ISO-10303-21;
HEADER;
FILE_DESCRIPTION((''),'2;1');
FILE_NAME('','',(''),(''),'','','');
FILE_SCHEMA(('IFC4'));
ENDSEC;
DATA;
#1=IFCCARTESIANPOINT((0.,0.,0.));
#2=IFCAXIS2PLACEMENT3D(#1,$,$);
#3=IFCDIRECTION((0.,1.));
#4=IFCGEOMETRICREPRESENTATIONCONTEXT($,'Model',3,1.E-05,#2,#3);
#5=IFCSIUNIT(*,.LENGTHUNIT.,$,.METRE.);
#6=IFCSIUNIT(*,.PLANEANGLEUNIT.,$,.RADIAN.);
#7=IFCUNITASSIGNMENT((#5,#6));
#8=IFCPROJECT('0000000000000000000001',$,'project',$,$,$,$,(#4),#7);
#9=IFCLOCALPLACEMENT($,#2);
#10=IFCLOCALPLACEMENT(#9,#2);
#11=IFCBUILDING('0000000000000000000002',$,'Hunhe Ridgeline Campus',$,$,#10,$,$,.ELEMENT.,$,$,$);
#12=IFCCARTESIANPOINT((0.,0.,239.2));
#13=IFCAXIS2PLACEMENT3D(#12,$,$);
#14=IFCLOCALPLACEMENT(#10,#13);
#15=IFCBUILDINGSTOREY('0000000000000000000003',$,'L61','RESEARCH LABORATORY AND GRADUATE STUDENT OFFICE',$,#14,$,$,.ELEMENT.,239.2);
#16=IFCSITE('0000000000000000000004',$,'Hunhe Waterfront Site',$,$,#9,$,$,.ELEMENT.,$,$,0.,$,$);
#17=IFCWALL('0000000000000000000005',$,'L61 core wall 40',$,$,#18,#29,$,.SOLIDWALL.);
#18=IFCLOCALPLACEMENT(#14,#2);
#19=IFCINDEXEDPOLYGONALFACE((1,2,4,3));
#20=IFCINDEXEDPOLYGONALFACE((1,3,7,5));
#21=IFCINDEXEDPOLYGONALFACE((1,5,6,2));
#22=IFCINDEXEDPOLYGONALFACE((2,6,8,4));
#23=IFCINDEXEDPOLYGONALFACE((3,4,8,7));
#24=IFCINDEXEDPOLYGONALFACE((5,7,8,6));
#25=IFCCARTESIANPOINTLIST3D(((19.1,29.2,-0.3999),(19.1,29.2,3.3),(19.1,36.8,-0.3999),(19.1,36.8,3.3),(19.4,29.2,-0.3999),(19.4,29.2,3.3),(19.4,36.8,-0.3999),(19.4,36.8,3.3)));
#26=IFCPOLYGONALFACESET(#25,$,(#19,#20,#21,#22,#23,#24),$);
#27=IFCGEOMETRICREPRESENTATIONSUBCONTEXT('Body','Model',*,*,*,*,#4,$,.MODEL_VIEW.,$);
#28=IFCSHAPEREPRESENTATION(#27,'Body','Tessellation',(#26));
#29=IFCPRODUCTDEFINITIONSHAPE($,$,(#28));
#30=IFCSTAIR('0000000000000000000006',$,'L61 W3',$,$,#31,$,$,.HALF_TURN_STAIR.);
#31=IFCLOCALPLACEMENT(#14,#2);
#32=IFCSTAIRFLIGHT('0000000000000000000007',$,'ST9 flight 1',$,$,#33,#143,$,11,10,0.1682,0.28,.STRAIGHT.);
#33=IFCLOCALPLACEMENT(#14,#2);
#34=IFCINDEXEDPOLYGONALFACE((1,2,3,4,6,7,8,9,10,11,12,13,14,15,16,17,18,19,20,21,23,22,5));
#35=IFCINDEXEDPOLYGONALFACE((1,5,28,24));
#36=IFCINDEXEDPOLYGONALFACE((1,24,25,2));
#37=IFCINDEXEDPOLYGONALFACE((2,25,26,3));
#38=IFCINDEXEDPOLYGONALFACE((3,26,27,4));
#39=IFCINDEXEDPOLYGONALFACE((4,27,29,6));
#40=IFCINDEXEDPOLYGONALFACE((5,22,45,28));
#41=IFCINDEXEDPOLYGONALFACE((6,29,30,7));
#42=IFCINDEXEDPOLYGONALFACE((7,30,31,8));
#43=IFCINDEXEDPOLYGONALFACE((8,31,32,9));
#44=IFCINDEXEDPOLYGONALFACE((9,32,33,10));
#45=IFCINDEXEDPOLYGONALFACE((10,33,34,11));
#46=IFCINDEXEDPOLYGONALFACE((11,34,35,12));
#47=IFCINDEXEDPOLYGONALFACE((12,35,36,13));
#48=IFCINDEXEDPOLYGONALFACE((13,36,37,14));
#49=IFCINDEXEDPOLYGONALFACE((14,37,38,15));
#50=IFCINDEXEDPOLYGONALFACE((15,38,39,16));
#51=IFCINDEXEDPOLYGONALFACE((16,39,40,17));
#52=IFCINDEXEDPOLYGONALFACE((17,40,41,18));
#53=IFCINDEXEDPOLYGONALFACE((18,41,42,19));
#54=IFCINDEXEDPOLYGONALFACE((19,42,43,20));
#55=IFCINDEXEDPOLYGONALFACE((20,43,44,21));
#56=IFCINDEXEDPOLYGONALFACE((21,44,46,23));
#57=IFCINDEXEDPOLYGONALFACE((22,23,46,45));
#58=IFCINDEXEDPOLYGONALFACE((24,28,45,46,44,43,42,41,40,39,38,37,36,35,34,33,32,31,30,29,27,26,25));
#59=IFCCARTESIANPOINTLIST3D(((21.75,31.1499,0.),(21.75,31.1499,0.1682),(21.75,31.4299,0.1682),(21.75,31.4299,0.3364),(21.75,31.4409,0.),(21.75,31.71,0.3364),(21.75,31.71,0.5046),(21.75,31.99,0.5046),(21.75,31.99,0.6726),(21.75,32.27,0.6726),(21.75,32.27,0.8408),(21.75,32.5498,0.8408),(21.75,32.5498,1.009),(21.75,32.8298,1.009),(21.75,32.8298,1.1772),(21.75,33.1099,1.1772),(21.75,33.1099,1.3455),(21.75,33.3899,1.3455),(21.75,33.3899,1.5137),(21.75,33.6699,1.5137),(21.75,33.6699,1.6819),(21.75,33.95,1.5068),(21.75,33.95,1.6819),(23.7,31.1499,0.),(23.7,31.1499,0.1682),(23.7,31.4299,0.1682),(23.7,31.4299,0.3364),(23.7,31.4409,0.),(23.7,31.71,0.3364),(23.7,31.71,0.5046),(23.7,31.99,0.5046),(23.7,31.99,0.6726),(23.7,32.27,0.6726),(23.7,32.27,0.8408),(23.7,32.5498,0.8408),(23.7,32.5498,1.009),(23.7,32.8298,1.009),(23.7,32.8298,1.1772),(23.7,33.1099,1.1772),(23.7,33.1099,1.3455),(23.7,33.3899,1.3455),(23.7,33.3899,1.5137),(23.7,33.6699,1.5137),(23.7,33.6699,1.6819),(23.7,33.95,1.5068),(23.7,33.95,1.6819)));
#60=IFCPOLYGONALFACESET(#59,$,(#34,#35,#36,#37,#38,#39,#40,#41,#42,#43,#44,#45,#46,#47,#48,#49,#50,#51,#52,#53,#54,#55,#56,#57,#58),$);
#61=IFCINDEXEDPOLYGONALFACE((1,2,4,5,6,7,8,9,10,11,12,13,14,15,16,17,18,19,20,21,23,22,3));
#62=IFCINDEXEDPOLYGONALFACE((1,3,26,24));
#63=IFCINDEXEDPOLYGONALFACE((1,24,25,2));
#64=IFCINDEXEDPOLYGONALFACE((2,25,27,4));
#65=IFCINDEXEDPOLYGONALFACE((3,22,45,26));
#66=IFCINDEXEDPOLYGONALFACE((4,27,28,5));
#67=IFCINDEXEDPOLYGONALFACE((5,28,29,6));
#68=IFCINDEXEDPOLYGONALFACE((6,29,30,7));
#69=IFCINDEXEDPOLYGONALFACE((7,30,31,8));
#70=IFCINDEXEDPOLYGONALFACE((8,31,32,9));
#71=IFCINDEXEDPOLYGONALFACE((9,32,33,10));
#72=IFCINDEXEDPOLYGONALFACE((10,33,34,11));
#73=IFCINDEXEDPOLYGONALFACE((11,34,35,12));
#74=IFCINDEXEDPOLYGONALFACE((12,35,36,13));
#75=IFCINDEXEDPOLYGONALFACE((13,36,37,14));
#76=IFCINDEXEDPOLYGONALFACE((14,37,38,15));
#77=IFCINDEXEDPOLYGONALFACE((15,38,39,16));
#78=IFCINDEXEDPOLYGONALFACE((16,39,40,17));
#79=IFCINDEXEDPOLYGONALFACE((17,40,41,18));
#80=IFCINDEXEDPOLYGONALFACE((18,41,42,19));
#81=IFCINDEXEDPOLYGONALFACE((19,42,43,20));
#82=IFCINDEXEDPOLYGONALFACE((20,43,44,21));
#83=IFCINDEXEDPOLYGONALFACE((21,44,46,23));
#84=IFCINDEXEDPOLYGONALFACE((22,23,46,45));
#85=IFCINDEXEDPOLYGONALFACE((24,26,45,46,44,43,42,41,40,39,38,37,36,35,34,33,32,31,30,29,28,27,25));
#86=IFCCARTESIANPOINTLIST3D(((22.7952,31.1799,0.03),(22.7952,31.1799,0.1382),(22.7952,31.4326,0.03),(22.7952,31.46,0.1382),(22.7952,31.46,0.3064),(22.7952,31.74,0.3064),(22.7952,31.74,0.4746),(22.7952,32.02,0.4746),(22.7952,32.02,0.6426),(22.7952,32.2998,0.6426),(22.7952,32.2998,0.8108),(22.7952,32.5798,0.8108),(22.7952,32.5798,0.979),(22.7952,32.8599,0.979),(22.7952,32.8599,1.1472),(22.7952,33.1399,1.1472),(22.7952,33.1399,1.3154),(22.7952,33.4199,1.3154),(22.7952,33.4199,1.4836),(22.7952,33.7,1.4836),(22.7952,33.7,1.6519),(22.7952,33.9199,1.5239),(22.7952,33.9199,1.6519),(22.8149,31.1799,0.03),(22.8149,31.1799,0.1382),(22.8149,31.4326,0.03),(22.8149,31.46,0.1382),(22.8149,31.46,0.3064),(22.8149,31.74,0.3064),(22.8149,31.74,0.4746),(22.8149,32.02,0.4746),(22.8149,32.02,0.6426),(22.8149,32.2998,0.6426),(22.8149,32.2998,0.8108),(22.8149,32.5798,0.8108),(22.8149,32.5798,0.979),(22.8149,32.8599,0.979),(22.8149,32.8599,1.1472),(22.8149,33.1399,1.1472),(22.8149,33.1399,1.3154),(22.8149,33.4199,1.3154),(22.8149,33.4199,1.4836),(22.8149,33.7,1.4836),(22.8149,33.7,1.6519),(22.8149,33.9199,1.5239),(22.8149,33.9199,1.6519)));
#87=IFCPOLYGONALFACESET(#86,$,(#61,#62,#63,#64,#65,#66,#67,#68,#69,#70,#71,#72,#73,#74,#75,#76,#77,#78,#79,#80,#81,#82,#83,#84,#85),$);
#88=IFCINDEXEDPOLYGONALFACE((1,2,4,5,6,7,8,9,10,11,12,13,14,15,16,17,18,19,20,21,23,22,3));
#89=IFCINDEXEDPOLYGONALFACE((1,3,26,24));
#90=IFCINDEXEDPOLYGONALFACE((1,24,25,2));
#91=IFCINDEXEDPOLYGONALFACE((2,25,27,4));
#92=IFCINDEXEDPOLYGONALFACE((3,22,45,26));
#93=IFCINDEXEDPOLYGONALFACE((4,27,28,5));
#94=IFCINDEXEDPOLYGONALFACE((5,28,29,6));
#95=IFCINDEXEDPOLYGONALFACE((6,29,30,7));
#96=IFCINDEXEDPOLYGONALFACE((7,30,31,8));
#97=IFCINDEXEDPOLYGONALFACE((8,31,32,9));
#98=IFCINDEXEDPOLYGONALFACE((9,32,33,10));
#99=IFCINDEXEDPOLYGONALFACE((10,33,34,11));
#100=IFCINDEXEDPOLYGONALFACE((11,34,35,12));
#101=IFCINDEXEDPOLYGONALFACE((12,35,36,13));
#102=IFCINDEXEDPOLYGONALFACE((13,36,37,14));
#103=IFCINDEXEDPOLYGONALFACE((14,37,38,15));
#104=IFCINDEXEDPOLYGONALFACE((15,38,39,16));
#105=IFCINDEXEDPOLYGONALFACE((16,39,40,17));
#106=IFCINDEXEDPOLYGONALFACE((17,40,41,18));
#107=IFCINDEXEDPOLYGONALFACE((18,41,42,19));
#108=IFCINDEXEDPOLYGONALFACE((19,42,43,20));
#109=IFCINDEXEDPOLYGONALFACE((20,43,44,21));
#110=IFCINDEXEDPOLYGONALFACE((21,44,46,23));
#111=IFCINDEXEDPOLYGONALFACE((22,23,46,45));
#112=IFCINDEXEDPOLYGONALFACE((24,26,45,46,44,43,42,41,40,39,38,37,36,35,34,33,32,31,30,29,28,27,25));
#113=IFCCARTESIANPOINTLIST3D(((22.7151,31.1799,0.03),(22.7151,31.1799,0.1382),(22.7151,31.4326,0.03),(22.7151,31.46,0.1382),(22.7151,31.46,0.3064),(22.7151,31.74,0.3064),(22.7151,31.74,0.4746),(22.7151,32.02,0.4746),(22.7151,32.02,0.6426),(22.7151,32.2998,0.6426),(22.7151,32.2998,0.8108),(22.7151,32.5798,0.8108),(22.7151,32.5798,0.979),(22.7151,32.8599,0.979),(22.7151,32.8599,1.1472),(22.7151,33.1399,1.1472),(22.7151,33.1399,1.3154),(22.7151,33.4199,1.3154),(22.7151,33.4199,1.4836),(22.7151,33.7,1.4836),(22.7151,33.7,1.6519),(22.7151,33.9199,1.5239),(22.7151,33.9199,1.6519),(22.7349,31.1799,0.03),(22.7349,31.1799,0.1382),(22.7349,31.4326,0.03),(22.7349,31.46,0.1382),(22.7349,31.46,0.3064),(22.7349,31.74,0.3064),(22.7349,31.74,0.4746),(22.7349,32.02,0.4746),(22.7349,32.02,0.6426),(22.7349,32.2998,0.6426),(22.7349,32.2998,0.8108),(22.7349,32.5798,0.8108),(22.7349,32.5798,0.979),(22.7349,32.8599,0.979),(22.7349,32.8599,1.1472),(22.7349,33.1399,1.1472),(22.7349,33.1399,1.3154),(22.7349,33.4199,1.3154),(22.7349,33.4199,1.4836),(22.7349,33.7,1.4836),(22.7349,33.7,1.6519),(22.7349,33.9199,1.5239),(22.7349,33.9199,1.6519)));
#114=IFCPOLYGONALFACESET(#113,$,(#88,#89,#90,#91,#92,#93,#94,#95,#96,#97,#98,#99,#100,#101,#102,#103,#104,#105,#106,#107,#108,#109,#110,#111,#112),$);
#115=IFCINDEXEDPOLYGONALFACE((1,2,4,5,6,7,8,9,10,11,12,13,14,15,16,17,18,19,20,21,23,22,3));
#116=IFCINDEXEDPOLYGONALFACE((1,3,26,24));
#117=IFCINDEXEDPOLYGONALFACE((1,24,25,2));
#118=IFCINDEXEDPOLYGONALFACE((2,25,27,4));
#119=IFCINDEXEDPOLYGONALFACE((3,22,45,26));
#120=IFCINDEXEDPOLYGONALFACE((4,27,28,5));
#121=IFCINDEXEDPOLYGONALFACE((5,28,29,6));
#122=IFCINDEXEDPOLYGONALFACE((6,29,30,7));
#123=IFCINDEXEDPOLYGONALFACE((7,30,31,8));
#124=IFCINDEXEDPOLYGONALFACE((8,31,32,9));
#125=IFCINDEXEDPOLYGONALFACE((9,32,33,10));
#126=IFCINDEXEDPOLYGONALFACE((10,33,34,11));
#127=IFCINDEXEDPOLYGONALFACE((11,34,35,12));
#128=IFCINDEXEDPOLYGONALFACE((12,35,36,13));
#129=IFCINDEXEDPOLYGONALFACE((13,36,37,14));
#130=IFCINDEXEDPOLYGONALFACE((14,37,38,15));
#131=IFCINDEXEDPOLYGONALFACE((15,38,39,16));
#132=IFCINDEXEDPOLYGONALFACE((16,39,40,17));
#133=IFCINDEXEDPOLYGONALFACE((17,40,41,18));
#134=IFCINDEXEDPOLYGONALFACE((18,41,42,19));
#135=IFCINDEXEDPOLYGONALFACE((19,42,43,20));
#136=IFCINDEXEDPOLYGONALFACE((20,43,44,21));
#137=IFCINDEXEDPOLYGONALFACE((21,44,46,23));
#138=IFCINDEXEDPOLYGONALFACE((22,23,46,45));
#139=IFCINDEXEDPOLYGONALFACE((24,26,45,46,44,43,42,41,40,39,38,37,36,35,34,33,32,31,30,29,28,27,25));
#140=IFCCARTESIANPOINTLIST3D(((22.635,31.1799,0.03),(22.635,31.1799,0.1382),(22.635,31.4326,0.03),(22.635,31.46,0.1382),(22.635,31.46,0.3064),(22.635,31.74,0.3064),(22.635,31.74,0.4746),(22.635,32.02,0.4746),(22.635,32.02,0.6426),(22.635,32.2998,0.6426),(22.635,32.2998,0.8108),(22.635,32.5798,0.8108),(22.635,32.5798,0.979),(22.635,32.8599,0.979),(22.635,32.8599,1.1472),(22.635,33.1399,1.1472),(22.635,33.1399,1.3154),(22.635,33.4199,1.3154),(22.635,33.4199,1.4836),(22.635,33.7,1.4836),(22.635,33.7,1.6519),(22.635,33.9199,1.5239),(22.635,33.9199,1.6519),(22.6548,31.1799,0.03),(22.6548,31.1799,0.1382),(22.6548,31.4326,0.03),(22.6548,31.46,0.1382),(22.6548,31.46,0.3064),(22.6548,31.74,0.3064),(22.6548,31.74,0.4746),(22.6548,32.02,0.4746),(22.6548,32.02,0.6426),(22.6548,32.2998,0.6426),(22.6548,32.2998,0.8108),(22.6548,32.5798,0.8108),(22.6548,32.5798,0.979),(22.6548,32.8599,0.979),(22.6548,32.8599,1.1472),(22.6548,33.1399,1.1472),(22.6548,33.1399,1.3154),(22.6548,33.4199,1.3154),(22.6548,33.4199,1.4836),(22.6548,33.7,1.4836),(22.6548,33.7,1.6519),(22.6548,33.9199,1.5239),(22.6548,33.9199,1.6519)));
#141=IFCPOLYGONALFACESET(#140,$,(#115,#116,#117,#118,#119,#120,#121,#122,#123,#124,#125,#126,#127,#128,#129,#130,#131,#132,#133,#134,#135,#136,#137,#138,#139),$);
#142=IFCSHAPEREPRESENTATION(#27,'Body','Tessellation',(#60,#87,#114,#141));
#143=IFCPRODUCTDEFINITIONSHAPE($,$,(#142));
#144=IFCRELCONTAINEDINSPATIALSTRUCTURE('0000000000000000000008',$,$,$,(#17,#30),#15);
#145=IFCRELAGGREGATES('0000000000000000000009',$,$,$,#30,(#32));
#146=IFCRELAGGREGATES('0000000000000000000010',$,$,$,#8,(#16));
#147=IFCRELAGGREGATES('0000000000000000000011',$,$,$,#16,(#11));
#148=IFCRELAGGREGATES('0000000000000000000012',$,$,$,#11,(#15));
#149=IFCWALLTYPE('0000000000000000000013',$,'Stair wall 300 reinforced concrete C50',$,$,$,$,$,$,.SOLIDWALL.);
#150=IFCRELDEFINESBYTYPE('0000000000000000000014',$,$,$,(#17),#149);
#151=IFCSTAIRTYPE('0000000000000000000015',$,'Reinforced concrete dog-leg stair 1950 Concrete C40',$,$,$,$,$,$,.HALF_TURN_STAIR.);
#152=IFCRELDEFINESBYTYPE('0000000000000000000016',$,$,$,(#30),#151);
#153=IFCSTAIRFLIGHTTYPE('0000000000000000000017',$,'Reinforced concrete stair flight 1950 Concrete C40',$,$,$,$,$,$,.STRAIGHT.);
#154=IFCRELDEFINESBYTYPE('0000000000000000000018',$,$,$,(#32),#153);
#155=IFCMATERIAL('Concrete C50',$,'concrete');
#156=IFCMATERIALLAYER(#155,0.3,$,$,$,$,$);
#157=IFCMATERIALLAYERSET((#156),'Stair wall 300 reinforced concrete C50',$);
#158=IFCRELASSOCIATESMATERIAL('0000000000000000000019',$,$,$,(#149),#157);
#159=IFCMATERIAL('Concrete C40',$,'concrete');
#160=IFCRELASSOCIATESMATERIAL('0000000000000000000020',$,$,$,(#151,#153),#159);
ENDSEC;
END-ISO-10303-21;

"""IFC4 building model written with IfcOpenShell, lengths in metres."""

from ifc_helpers import new_model, si_unit, direction, frame, frame_2d, origin, place, context, subcontext, project, spatial, polyline, rectangle, outline, extrude, material, layer, layer_set, type_object, element, aggregate, save


model = new_model("IFC4")

# Units and contexts
model_context = context("Model", 3, precision=1e-05, world=origin(), true_north=direction((0.0, 1.0)))
body_context = subcontext(model_context, "Body", "Model", "MODEL_VIEW")
ifc_project = project(units=[si_unit("LENGTHUNIT", "METRE"), si_unit("PLANEANGLEUNIT", "RADIAN")], contexts=[model_context])

# Site, building, storey
site_placement = place(None, origin())
site = spatial("IfcSite", under=ifc_project, at=site_placement, Name="Hunhe Waterfront Site", CompositionType="ELEMENT", RefElevation=0.0)
building_placement = place(site_placement, origin())
building = spatial("IfcBuilding", under=site, at=building_placement, Name="Hunhe Ridgeline Campus", CompositionType="ELEMENT")
storey_placement = place(building_placement, frame((0.0, 0.0, 239.2)))
storey = spatial("IfcBuildingStorey", under=building, at=storey_placement, Name="L61", Description="RESEARCH LABORATORY AND GRADUATE STUDENT OFFICE", CompositionType="ELEMENT", Elevation=239.2)

# Shared definitions
ifc_material_1 = material(Name="Concrete C50", Category="concrete")

# Wall
ifc_layer_1 = layer(ifc_material_1, 0.3)
ifc_layer_set_1 = layer_set([ifc_layer_1], Name="Stair wall 300 reinforced concrete C50")
wall_type_1 = type_object("IfcWallType", Name="Stair wall 300 reinforced concrete C50", PredefinedType="SOLIDWALL", material=ifc_layer_set_1)
wall_1_placement = place(storey_placement, frame((19.25, 29.2, -0.3999), z_axis=(0.0, 0.0, 1.0), x_axis=(0.0, 1.0, 0.0)))
element("IfcWall", 1, at=wall_1_placement, inside=storey, type_object=wall_type_1, Name="L61 core wall 40", PredefinedType="SOLIDWALL", context=body_context, shape_type="SweptSolid", body=[
    extrude(rectangle(XDim=7.6001, YDim=0.3, at=frame_2d((3.8, 0.0))), origin(), (0.0, 0.0, 1.0), 3.7),
])

# Stair, stair flight
ifc_material_2 = material(Name="Concrete C40", Category="concrete")
stair_type = type_object("IfcStairType", Name="Reinforced concrete dog-leg stair 1950 Concrete C40", PredefinedType="HALF_TURN_STAIR", material=ifc_material_2)
stair_placement = place(storey_placement, origin())
stair = element("IfcStair", 2, at=stair_placement, inside=storey, type_object=stair_type, Name="L61 W3", PredefinedType="HALF_TURN_STAIR")
stair_flight_type = type_object("IfcStairFlightType", Name="Reinforced concrete stair flight 1950 Concrete C40", PredefinedType="STRAIGHT", material=ifc_material_2)
stair_flight_1_placement = place(storey_placement, frame((22.7251, 31.1499, 0.0), z_axis=(0.0, 0.0, 1.0), x_axis=(0.0, 1.0, 0.0)))
stair_flight_1 = element("IfcStairFlight", 3, at=stair_flight_1_placement, type_object=stair_flight_type, Name="ST9 flight 1", NumberOfRisers=11, NumberOfTreads=10, PredefinedType="STRAIGHT", RiserHeight=0.1682, TreadLength=0.28, context=body_context, shape_type="SweptSolid", body=[
    extrude(outline(polyline([(0.0, 0.0), (0.0, 0.1682), (0.28, 0.1682), (0.28, 0.3364), (0.5601, 0.3364), (0.5601, 0.5046), (0.8401, 0.5046), (0.8401, 0.6726), (1.1201, 0.6726), (1.1201, 0.8408), (1.3999, 0.8408), (1.3999, 1.009), (1.6799, 1.009), (1.6799, 1.1772), (1.96, 1.1772), (1.96, 1.3455), (2.24, 1.3455), (2.24, 1.5137), (2.52, 1.5137), (2.52, 1.6819), (2.8, 1.6819), (2.8, 1.8501), (2.8, 1.5068), (0.291, 0.0), (0.0, 0.0)])), frame((0.0, 0.9751, 0.0), z_axis=(0.0, -1.0, 0.0), x_axis=(1.0, 0.0, 0.0)), (0.0, 0.0, 1.0), 1.95),
    extrude(outline(polyline([(0.03, 0.03), (0.03, 0.1382), (0.3101, 0.1382), (0.3101, 0.3064), (0.5901, 0.3064), (0.5901, 0.4746), (0.8701, 0.4746), (0.8701, 0.6426), (1.1499, 0.6426), (1.1499, 0.8108), (1.4299, 0.8108), (1.4299, 0.979), (1.71, 0.979), (1.71, 1.1472), (1.99, 1.1472), (1.99, 1.3154), (2.27, 1.3154), (2.27, 1.4836), (2.55, 1.4836), (2.55, 1.6519), (2.77, 1.6519), (2.77, 1.5239), (0.2827, 0.03), (0.03, 0.03)])), frame((0.0, -0.0701, 0.0), z_axis=(0.0, -1.0, 0.0), x_axis=(1.0, 0.0, 0.0)), (0.0, 0.0, 1.0), 0.0198),
    extrude(outline(polyline([(0.03, 0.03), (0.03, 0.1382), (0.3101, 0.1382), (0.3101, 0.3064), (0.5901, 0.3064), (0.5901, 0.4746), (0.8701, 0.4746), (0.8701, 0.6426), (1.1499, 0.6426), (1.1499, 0.8108), (1.4299, 0.8108), (1.4299, 0.979), (1.71, 0.979), (1.71, 1.1472), (1.99, 1.1472), (1.99, 1.3154), (2.27, 1.3154), (2.27, 1.4836), (2.55, 1.4836), (2.55, 1.6519), (2.77, 1.6519), (2.77, 1.5239), (0.2827, 0.03), (0.03, 0.03)])), frame((0.0, 0.01, 0.0), z_axis=(0.0, -1.0, 0.0), x_axis=(1.0, 0.0, 0.0)), (0.0, 0.0, 1.0), 0.0198),
    extrude(outline(polyline([(0.03, 0.03), (0.03, 0.1382), (0.3101, 0.1382), (0.3101, 0.3064), (0.5901, 0.3064), (0.5901, 0.4746), (0.8701, 0.4746), (0.8701, 0.6426), (1.1499, 0.6426), (1.1499, 0.8108), (1.4299, 0.8108), (1.4299, 0.979), (1.71, 0.979), (1.71, 1.1472), (1.99, 1.1472), (1.99, 1.3154), (2.27, 1.3154), (2.27, 1.4836), (2.55, 1.4836), (2.55, 1.6519), (2.77, 1.6519), (2.77, 1.5239), (0.2827, 0.03), (0.03, 0.03)])), frame((0.0, 0.0901, 0.0), z_axis=(0.0, -1.0, 0.0), x_axis=(1.0, 0.0, 0.0)), (0.0, 0.0, 1.0), 0.0198),
])
aggregate(stair, [stair_flight_1])

save(model, "model.ifc")
